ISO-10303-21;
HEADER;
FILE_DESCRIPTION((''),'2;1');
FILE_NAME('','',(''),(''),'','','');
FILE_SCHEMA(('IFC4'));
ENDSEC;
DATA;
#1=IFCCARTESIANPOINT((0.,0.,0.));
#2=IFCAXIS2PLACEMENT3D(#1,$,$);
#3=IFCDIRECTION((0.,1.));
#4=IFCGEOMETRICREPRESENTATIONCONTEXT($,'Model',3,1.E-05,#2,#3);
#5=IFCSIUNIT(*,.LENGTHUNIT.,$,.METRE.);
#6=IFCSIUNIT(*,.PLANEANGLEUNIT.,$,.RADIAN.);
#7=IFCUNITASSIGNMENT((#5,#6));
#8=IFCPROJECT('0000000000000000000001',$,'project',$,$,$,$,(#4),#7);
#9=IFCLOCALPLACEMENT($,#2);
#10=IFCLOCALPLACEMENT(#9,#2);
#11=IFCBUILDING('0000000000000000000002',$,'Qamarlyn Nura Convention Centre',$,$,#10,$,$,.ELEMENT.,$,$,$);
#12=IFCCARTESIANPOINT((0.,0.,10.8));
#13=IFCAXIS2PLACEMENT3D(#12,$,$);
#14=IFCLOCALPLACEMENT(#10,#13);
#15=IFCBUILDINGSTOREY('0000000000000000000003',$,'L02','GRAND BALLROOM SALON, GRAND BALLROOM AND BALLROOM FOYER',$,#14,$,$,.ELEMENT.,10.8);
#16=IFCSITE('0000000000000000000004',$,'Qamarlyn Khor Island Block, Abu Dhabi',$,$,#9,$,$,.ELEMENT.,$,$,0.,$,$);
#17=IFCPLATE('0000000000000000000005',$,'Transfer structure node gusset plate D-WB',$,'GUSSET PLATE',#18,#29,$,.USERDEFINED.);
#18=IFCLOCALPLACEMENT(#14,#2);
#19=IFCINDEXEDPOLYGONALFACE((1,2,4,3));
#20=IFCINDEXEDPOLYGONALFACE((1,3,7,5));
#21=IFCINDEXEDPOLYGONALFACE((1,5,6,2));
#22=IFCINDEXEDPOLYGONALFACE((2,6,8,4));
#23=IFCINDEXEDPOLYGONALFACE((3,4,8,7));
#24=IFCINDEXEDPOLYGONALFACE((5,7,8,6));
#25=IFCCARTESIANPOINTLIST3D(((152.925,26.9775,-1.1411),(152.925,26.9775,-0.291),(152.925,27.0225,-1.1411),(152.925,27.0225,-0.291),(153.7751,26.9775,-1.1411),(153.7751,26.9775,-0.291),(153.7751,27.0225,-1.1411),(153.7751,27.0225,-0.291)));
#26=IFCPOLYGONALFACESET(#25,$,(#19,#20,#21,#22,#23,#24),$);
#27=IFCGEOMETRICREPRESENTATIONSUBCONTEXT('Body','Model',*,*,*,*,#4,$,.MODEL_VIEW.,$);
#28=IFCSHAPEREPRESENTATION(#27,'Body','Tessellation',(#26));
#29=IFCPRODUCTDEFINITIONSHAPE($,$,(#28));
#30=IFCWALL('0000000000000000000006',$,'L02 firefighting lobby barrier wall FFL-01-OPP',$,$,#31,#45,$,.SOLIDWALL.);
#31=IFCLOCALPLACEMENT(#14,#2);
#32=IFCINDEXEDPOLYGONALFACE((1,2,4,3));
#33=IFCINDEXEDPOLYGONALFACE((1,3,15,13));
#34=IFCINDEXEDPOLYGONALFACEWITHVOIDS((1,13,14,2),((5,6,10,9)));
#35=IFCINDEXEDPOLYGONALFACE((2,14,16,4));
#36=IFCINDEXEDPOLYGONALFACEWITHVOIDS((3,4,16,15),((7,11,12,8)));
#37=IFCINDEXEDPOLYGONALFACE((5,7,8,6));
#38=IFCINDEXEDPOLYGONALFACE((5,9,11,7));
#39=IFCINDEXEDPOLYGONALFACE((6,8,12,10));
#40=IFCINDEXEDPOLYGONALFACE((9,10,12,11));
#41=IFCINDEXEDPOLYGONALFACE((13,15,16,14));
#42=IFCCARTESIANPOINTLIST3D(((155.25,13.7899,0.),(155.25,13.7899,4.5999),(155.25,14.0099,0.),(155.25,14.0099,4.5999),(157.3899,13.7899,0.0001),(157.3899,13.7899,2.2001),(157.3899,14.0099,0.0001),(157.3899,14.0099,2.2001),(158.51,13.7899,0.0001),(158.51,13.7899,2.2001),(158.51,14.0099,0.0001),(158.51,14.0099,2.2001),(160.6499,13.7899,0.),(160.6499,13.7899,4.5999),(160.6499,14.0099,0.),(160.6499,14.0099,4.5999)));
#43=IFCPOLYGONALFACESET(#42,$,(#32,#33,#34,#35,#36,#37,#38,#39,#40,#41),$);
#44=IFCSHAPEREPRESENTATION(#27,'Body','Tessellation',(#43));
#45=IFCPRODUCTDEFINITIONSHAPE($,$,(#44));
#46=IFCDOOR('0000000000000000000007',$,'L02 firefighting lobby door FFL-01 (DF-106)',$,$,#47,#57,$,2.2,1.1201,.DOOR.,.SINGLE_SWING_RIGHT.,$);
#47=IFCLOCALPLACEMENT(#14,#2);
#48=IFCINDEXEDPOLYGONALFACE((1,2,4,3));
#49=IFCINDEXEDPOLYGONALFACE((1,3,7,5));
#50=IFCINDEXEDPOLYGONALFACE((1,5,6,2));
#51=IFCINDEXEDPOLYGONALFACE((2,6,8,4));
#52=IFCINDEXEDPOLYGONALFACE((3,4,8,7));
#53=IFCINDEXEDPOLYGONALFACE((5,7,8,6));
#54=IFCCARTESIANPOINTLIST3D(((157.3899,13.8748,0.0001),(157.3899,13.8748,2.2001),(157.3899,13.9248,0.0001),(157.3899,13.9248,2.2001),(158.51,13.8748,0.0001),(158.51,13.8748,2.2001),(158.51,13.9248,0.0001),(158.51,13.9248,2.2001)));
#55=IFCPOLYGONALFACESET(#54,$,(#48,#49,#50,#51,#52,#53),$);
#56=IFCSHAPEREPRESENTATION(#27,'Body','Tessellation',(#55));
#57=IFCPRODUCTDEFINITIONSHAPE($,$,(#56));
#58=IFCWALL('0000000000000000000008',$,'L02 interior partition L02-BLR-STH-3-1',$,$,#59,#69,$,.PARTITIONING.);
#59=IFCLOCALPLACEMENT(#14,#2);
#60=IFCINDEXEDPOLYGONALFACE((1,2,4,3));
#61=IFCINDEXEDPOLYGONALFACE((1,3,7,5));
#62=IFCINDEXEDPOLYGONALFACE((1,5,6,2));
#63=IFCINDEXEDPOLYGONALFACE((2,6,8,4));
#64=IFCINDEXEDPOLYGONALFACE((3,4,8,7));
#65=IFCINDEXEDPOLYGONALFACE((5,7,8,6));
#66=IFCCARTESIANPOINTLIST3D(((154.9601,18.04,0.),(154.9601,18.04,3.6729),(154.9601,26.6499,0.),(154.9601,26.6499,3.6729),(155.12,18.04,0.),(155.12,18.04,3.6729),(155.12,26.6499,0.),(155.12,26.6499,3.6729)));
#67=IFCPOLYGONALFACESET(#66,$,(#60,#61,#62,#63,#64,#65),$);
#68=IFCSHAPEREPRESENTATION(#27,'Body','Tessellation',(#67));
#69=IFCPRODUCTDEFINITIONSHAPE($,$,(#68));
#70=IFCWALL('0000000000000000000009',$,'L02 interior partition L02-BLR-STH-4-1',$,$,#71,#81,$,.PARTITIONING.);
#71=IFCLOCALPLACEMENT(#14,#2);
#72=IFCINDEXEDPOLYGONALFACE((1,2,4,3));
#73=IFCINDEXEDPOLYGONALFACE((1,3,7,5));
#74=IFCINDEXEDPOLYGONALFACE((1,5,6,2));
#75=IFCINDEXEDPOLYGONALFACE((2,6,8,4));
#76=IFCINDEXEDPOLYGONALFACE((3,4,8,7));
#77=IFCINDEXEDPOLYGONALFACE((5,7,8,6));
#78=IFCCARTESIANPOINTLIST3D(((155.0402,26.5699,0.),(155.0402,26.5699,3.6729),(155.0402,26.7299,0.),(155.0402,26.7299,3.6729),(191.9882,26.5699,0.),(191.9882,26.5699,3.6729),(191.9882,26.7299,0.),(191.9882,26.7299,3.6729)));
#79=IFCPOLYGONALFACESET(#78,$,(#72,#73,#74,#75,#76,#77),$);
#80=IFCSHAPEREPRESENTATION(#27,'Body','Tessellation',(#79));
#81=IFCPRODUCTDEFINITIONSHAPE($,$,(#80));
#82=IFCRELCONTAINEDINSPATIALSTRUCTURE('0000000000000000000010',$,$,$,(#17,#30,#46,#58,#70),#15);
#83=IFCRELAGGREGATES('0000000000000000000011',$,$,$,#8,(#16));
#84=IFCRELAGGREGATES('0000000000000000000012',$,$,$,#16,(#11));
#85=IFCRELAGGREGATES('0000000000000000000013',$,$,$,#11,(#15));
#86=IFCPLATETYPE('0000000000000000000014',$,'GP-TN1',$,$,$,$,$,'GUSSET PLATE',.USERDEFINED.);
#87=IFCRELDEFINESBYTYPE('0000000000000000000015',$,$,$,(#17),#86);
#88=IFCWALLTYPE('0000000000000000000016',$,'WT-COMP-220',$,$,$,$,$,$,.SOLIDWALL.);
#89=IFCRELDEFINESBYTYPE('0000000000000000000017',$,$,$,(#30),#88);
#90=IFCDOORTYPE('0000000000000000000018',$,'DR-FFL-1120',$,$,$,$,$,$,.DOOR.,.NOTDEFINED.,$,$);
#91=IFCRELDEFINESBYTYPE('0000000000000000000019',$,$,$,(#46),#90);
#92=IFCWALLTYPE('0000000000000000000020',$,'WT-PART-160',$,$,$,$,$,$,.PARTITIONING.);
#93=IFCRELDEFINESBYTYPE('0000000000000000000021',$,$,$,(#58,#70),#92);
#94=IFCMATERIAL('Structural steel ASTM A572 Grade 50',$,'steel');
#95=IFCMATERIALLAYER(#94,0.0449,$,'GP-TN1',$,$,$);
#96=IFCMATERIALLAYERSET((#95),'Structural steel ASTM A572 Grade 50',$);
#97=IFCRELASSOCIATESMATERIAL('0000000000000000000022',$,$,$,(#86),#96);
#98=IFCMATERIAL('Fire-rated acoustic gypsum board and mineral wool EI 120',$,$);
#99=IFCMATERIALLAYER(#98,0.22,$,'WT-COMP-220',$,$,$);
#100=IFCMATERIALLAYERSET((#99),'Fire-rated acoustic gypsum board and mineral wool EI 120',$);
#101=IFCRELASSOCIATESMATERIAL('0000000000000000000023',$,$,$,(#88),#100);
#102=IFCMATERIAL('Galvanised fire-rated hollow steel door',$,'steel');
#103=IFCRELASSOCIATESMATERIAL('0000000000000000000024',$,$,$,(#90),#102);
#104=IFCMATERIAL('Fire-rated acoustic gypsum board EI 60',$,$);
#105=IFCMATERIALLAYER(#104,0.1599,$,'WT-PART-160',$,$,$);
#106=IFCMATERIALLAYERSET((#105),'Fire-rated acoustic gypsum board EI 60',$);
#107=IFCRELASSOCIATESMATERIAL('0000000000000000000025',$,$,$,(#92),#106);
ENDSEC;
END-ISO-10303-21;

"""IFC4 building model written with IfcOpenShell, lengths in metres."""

from ifc_helpers import new_model, si_unit, direction, frame, frame_2d, origin, origin_2d, place, context, subcontext, project, spatial, rectangle, extrude, material, layer, layer_set, type_object, element, fill, save


model = new_model("IFC4")

# Units and contexts
model_context = context("Model", 3, precision=1e-05, world=origin(), true_north=direction((0.0, 1.0)))
body_context = subcontext(model_context, "Body", "Model", "MODEL_VIEW")
ifc_project = project(units=[si_unit("LENGTHUNIT", "METRE"), si_unit("PLANEANGLEUNIT", "RADIAN")], contexts=[model_context])

# Site, building, storey
site_placement = place(None, origin())
site = spatial("IfcSite", under=ifc_project, at=site_placement, Name="Qamarlyn Khor Island Block, Abu Dhabi", CompositionType="ELEMENT", RefElevation=0.0)
building_placement = place(site_placement, origin())
building = spatial("IfcBuilding", under=site, at=building_placement, Name="Qamarlyn Nura Convention Centre", CompositionType="ELEMENT")
storey_placement = place(building_placement, frame((0.0, 0.0, 10.8)))
storey = spatial("IfcBuildingStorey", under=building, at=storey_placement, Name="L02", Description="GRAND BALLROOM SALON, GRAND BALLROOM AND BALLROOM FOYER", CompositionType="ELEMENT", Elevation=10.8)

# Plate
ifc_material_1 = material(Name="Structural steel ASTM A572 Grade 50", Category="steel")
ifc_layer_1 = layer(ifc_material_1, 0.0449, Name="GP-TN1")
ifc_layer_set_1 = layer_set([ifc_layer_1], Name="Structural steel ASTM A572 Grade 50")
plate_type_1 = type_object("IfcPlateType", Name="GP-TN1", ElementType="GUSSET PLATE", PredefinedType="USERDEFINED", material=ifc_layer_set_1)
plate_1_placement = place(storey_placement, frame((153.3501, 27.0, -1.1411), z_axis=(0.0, 0.0, 1.0), x_axis=(1.0, 0.0, 0.0)))
element("IfcPlate", 1, at=plate_1_placement, inside=storey, type_object=plate_type_1, Name="Transfer structure node gusset plate D-WB", ObjectType="GUSSET PLATE", PredefinedType="USERDEFINED", context=body_context, shape_type="SweptSolid", body=[
    extrude(rectangle(XDim=0.8501, YDim=0.0449, at=origin_2d()), origin(), (0.0, 0.0, 1.0), 0.8501),
])

# Wall, opening, door
ifc_material_2 = material(Name="Fire-rated acoustic gypsum board and mineral wool EI 120")
ifc_layer_2 = layer(ifc_material_2, 0.22, Name="WT-COMP-220")
ifc_layer_set_2 = layer_set([ifc_layer_2], Name="Fire-rated acoustic gypsum board and mineral wool EI 120")
wall_type_1 = type_object("IfcWallType", Name="WT-COMP-220", PredefinedType="SOLIDWALL", material=ifc_layer_set_2)
wall_1_placement = place(storey_placement, frame((155.25, 13.8999, 0.0), z_axis=(0.0, 0.0, 1.0), x_axis=(1.0, 0.0, 0.0)))
wall_1 = element("IfcWall", 2, at=wall_1_placement, inside=storey, type_object=wall_type_1, Name="L02 firefighting lobby barrier wall FFL-01-OPP", PredefinedType="SOLIDWALL", context=body_context, shape_type="SweptSolid", body=[
    extrude(rectangle(XDim=5.3999, YDim=0.22, at=frame_2d((2.7, 0.0))), origin(), (0.0, 0.0, 1.0), 4.5999),
])
opening_1_placement = place(wall_1_placement, frame((2.1399, 0.0, 0.0)))
opening_1 = element("IfcOpeningElement", 3, at=opening_1_placement, cuts=wall_1, PredefinedType="OPENING", context=body_context, shape_type="SweptSolid", body=[
    extrude(rectangle(XDim=1.1201, YDim=2.2, at=frame_2d((0.5601, 1.1001))), frame((0.0, 0.1201, 0.0), z_axis=(0.0, -1.0, 0.0), x_axis=(1.0, 0.0, 0.0)), (0.0, 0.0, 1.0), 0.24),
])
ifc_material_3 = material(Name="Galvanised fire-rated hollow steel door", Category="steel")
door_type_1 = type_object("IfcDoorType", Name="DR-FFL-1120", OperationType="NOTDEFINED", PredefinedType="DOOR", material=ifc_material_3)
door_1_placement = place(opening_1_placement, origin())
door_1 = element("IfcDoor", 4, at=door_1_placement, inside=storey, type_object=door_type_1, Name="L02 firefighting lobby door FFL-01 (DF-106)", OperationType="SINGLE_SWING_RIGHT", OverallHeight=2.2, OverallWidth=1.1201, PredefinedType="DOOR", context=body_context, shape_type="SweptSolid", body=[
    extrude(rectangle(XDim=1.1201, YDim=2.2, at=frame_2d((0.5601, 1.1001))), frame((0.0, 0.0249, 0.0), z_axis=(0.0, -1.0, 0.0), x_axis=(1.0, 0.0, 0.0)), (0.0, 0.0, 1.0), 0.05),
])
fill(opening_1, door_1)
ifc_material_4 = material(Name="Fire-rated acoustic gypsum board EI 60")
ifc_layer_3 = layer(ifc_material_4, 0.1599, Name="WT-PART-160")
ifc_layer_set_3 = layer_set([ifc_layer_3], Name="Fire-rated acoustic gypsum board EI 60")
wall_type_2 = type_object("IfcWallType", Name="WT-PART-160", PredefinedType="PARTITIONING", material=ifc_layer_set_3)

# Walls
wall_2_placement = place(storey_placement, frame((155.04, 18.04, 0.0), z_axis=(0.0, 0.0, 1.0), x_axis=(0.0, 1.0, 0.0)))
element("IfcWall", 5, at=wall_2_placement, inside=storey, type_object=wall_type_2, Name="L02 interior partition L02-BLR-STH-3-1", PredefinedType="PARTITIONING", context=body_context, shape_type="SweptSolid", body=[
    extrude(rectangle(XDim=8.6099, YDim=0.1599, at=frame_2d((4.3049, 0.0))), origin(), (0.0, 0.0, 1.0), 3.6729),
])
wall_3_placement = place(storey_placement, frame((155.04, 26.6499, 0.0), z_axis=(0.0, 0.0, 1.0), x_axis=(1.0, 0.0, 0.0)))
element("IfcWall", 6, at=wall_3_placement, inside=storey, type_object=wall_type_2, Name="L02 interior partition L02-BLR-STH-4-1", PredefinedType="PARTITIONING", context=body_context, shape_type="SweptSolid", body=[
    extrude(rectangle(XDim=36.948, YDim=0.1599, at=frame_2d((18.4741, 0.0))), origin(), (0.0, 0.0, 1.0), 3.6729),
])

save(model, "model.ifc")
